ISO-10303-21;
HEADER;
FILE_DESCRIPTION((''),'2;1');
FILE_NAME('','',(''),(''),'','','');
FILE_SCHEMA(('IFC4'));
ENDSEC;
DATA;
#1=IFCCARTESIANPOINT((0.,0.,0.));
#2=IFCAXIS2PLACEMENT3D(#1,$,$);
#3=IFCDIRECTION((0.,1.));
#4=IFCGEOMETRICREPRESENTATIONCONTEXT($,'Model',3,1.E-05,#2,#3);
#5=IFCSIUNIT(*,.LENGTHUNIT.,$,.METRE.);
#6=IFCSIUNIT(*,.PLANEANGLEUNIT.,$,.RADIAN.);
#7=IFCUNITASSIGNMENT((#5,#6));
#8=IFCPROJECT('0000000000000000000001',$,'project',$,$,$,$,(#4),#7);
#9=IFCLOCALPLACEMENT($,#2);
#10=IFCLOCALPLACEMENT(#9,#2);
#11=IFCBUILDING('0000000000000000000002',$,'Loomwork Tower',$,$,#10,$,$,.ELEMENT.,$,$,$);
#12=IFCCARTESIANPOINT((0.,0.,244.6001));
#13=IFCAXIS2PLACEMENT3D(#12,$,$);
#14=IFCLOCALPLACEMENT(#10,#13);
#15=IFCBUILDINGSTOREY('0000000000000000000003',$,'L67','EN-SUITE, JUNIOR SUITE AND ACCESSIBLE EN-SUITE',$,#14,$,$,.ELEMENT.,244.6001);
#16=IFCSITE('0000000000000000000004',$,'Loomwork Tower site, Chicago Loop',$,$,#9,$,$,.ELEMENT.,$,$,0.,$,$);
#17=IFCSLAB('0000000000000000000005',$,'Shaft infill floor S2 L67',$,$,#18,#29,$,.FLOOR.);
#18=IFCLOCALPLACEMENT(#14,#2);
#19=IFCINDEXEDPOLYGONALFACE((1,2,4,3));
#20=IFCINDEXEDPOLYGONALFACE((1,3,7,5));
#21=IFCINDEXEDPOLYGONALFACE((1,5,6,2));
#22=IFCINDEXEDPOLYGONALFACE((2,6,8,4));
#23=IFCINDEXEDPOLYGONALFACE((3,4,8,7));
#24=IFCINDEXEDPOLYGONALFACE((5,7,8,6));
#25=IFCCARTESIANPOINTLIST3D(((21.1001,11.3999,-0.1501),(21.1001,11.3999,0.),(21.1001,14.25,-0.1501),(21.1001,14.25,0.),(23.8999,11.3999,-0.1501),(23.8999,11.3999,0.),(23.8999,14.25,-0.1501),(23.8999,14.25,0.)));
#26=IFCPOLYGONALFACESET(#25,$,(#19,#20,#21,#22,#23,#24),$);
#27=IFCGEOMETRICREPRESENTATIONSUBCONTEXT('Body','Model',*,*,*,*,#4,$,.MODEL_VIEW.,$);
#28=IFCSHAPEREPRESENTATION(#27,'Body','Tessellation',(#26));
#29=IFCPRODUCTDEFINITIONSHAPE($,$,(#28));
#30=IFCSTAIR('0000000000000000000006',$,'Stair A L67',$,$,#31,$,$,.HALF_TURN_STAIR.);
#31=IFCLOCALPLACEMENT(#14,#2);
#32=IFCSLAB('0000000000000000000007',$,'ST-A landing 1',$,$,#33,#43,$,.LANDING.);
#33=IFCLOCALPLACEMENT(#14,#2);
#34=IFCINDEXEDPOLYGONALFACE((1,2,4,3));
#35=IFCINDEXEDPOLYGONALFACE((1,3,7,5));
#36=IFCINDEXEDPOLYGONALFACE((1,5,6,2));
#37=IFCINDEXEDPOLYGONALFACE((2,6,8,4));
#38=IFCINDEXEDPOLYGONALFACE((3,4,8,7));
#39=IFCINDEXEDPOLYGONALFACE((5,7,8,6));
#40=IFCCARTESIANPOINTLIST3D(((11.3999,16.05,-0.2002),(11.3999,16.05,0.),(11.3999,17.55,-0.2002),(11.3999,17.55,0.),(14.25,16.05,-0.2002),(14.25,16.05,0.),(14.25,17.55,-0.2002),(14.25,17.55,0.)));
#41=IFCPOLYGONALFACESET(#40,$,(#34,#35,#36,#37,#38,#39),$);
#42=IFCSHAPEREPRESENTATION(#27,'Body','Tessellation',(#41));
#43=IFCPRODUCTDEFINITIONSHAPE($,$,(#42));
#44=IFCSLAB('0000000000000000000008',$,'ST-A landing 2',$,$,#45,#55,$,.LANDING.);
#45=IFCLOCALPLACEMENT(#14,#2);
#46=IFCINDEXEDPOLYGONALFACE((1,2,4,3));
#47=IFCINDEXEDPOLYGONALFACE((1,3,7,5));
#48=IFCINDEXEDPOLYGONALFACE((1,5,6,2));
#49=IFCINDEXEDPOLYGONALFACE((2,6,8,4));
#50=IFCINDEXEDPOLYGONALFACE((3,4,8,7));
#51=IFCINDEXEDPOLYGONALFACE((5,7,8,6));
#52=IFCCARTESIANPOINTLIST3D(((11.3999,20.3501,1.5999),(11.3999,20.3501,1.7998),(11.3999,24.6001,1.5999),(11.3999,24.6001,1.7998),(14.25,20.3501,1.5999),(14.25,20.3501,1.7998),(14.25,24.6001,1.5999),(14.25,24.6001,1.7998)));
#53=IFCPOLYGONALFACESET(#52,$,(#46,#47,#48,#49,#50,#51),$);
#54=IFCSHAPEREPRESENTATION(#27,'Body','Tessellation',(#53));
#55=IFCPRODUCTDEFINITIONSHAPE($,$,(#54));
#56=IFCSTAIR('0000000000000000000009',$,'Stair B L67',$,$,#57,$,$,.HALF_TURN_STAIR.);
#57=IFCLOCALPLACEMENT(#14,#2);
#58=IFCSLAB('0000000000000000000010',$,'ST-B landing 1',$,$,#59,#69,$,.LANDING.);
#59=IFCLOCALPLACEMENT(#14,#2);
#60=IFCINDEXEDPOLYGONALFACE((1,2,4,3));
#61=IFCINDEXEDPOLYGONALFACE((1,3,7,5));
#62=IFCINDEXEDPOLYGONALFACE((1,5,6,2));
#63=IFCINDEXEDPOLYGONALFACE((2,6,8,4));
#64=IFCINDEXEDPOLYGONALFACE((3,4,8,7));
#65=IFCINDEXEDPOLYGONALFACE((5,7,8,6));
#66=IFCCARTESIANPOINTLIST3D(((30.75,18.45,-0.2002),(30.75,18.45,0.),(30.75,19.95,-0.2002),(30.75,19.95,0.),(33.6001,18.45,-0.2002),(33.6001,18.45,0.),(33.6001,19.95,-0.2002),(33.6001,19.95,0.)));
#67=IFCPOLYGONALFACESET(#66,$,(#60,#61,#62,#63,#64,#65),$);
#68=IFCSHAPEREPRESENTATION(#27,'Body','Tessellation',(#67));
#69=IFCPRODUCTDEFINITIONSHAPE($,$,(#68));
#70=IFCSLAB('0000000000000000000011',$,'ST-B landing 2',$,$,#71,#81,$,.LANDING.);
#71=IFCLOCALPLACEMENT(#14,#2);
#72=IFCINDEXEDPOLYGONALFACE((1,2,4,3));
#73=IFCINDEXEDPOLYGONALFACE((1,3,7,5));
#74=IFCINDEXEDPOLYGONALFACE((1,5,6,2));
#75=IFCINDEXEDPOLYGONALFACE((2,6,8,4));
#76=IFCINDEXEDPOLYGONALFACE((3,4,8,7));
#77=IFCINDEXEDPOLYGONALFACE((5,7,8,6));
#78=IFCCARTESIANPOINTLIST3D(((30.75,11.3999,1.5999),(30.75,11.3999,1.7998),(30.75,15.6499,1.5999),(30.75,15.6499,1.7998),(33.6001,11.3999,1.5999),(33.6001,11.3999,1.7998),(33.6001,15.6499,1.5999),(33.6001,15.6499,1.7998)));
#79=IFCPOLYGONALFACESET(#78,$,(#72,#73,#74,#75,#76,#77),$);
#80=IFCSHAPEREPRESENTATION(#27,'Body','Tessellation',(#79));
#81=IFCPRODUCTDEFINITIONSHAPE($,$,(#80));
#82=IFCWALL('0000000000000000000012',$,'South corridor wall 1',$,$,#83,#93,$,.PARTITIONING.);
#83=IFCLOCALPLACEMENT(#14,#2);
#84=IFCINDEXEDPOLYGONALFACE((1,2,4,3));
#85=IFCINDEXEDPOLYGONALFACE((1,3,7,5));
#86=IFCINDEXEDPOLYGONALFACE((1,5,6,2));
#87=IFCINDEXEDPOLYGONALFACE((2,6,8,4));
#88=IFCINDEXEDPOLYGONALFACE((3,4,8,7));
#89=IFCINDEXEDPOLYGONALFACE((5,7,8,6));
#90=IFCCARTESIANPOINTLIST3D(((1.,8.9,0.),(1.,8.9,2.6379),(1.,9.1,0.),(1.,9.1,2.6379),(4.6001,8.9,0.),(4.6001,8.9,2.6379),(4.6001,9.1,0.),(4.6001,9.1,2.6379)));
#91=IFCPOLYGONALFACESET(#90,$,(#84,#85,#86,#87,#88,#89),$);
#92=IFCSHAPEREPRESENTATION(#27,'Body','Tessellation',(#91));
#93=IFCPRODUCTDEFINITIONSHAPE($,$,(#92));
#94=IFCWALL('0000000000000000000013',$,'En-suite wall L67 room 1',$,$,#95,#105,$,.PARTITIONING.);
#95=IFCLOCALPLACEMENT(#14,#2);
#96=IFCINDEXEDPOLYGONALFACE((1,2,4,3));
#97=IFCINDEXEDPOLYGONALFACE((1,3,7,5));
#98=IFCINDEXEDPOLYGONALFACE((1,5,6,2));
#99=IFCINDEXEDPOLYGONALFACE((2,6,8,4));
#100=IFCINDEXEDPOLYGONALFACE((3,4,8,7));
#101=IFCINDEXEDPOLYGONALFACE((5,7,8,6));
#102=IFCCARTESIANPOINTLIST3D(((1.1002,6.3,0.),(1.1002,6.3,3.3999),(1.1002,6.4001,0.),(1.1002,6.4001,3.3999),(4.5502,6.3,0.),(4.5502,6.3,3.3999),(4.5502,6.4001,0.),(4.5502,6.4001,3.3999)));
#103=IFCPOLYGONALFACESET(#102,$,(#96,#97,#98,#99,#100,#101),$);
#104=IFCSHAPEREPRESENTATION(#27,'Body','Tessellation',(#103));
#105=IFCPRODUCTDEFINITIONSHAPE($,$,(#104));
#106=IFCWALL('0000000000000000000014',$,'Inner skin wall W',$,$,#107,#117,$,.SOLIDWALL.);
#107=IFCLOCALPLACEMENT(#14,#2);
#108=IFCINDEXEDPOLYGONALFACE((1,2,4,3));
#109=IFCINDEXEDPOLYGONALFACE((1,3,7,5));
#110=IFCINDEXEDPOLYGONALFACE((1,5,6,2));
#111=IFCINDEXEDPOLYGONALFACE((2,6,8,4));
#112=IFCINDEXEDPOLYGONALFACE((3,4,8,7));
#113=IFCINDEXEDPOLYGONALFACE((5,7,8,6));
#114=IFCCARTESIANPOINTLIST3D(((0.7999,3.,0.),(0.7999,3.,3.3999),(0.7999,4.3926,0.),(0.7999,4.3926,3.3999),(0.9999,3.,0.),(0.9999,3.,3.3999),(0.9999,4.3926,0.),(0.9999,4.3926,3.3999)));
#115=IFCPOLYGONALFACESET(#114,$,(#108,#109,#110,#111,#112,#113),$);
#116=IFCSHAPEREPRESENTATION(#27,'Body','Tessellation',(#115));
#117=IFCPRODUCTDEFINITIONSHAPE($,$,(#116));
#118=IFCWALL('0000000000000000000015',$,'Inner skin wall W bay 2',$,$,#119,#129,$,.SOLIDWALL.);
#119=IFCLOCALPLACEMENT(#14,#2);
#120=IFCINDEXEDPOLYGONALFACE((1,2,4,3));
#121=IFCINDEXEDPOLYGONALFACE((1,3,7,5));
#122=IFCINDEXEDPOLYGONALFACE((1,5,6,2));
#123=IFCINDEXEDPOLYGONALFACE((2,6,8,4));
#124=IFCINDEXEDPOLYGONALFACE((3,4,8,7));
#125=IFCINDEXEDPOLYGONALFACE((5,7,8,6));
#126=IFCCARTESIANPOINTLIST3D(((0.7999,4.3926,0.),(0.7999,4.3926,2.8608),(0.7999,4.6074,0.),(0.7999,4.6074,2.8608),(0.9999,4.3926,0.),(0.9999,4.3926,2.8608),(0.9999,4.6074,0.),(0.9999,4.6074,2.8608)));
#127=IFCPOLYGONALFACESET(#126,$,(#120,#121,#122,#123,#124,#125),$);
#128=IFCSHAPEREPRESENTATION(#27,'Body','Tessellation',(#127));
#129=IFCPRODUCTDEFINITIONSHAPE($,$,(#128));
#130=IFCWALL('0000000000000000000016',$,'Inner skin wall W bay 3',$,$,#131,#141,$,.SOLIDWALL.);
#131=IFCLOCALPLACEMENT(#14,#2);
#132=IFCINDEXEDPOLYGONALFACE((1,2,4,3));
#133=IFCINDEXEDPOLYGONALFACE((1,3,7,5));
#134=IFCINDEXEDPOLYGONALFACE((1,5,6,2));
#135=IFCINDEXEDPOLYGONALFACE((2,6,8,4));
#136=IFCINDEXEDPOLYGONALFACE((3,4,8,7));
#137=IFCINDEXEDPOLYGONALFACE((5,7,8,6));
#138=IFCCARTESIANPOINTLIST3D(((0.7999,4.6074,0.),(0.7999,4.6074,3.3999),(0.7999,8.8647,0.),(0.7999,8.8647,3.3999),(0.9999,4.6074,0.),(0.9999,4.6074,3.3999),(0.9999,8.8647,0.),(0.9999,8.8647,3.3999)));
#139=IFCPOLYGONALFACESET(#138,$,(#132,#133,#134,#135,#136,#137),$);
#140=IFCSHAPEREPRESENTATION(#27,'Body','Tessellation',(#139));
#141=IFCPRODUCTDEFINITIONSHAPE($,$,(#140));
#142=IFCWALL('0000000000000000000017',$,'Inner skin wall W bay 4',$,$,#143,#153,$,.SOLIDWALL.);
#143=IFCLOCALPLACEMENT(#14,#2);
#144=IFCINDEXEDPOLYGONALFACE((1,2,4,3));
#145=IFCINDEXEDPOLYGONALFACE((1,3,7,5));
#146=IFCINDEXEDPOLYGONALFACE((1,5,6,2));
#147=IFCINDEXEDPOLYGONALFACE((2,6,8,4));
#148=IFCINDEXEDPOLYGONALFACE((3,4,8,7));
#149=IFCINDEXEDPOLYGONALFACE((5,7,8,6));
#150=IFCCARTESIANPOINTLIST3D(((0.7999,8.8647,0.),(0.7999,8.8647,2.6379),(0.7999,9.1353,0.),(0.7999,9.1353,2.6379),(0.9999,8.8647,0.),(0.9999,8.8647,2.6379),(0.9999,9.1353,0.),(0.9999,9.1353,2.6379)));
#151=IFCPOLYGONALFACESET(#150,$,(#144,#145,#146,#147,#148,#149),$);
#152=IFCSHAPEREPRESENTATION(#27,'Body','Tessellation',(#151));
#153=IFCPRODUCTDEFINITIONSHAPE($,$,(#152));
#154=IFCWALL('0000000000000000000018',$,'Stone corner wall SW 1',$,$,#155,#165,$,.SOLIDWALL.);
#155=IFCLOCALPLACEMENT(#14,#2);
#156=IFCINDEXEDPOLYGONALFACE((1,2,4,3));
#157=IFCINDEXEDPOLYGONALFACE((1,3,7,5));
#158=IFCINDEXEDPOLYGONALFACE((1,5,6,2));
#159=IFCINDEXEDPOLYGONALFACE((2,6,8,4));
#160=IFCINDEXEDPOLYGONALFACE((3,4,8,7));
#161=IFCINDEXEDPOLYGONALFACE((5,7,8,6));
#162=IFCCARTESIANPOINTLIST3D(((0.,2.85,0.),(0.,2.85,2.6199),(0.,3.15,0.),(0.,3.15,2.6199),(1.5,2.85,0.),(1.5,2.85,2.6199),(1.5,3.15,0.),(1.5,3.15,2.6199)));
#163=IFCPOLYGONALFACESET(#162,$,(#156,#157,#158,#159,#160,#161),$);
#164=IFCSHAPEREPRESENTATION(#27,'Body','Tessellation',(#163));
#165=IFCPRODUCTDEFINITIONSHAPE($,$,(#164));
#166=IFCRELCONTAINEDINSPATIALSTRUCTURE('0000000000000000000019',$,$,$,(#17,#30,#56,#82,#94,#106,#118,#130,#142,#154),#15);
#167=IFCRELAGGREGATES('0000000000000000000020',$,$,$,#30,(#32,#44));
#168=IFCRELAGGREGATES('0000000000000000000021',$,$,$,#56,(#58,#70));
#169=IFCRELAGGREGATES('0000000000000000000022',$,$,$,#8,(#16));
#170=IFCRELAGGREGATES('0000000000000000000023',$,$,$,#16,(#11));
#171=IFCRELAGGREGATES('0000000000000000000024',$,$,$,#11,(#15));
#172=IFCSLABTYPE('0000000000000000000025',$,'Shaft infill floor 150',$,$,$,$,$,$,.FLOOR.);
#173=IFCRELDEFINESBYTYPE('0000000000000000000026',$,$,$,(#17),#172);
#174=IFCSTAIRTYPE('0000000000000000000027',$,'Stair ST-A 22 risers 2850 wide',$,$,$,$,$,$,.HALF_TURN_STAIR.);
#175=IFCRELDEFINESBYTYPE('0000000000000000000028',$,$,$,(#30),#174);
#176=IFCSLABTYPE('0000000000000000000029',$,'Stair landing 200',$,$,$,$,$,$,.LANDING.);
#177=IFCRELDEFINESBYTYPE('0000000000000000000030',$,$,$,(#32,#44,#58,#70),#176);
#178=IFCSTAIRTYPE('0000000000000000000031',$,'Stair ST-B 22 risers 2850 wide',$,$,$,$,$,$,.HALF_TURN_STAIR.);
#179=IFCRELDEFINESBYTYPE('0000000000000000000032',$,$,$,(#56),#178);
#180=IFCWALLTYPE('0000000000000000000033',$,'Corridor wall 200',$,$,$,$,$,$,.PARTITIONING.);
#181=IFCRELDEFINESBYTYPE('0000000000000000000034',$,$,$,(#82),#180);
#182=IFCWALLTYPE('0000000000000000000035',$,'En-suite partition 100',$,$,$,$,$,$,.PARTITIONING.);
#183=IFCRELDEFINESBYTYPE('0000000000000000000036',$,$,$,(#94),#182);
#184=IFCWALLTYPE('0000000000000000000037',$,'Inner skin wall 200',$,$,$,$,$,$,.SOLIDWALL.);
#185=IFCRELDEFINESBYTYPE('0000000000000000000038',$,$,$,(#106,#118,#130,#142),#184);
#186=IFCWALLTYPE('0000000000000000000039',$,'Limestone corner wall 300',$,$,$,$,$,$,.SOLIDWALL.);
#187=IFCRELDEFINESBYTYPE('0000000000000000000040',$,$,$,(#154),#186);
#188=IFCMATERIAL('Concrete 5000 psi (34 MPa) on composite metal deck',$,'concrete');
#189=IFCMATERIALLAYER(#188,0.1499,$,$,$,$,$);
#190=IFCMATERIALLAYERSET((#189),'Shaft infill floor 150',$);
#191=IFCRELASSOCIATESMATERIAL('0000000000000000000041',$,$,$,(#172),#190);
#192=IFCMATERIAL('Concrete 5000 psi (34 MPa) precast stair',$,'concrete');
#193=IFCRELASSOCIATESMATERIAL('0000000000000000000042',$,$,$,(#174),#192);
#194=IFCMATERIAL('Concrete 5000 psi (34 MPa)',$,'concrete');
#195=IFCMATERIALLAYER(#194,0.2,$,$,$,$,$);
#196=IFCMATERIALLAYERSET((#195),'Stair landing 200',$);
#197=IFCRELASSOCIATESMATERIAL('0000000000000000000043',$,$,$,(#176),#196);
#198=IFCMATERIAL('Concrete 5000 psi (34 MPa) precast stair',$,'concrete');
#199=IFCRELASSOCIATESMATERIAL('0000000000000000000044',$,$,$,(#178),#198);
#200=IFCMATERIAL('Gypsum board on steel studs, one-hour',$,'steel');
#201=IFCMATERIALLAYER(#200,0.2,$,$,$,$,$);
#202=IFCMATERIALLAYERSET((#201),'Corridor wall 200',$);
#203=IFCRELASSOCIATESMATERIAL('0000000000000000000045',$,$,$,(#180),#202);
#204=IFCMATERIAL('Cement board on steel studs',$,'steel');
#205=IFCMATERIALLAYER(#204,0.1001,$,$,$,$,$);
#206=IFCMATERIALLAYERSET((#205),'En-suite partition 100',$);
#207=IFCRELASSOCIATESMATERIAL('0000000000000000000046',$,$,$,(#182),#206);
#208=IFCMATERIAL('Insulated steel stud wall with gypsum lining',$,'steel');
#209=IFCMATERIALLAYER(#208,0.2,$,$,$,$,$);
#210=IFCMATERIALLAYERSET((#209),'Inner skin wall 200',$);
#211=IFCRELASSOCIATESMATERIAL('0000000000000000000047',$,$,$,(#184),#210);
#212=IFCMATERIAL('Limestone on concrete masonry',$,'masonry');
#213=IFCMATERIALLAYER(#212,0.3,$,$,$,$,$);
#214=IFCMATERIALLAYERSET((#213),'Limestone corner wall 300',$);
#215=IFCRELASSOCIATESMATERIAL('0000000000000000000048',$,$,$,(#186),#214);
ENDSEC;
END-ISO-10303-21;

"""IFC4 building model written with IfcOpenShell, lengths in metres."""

from ifc_helpers import new_model, si_unit, direction, frame, frame_2d, origin, place, context, subcontext, project, spatial, polyline, rectangle, outline, extrude, material, layer, layer_set, type_object, element, aggregate, save


model = new_model("IFC4")

# Units and contexts
model_context = context("Model", 3, precision=1e-05, world=origin(), true_north=direction((0.0, 1.0)))
body_context = subcontext(model_context, "Body", "Model", "MODEL_VIEW")
ifc_project = project(units=[si_unit("LENGTHUNIT", "METRE"), si_unit("PLANEANGLEUNIT", "RADIAN")], contexts=[model_context])

# Site, building, storey
site_placement = place(None, origin())
site = spatial("IfcSite", under=ifc_project, at=site_placement, Name="Loomwork Tower site, Chicago Loop", CompositionType="ELEMENT", RefElevation=0.0)
building_placement = place(site_placement, origin())
building = spatial("IfcBuilding", under=site, at=building_placement, Name="Loomwork Tower", CompositionType="ELEMENT")
storey_placement = place(building_placement, frame((0.0, 0.0, 244.6001)))
storey = spatial("IfcBuildingStorey", under=building, at=storey_placement, Name="L67", Description="EN-SUITE, JUNIOR SUITE AND ACCESSIBLE EN-SUITE", CompositionType="ELEMENT", Elevation=244.6001)

# Slab
ifc_material_1 = material(Name="Concrete 5000 psi (34 MPa) on composite metal deck", Category="concrete")
ifc_layer_1 = layer(ifc_material_1, 0.1499)
ifc_layer_set_1 = layer_set([ifc_layer_1], Name="Shaft infill floor 150")
slab_type_1 = type_object("IfcSlabType", Name="Shaft infill floor 150", PredefinedType="FLOOR", material=ifc_layer_set_1)
slab_1_placement = place(storey_placement, frame((0.0, 0.0, -0.1501)))
element("IfcSlab", 1, at=slab_1_placement, inside=storey, type_object=slab_type_1, Name="Shaft infill floor S2 L67", PredefinedType="FLOOR", context=body_context, shape_type="SweptSolid", body=[
    extrude(outline(polyline([(21.1001, 11.3999), (23.8999, 11.3999), (23.8999, 14.25), (21.1001, 14.25), (21.1001, 11.3999)])), origin(), (0.0, 0.0, 1.0), 0.1501),
])

# Stairs, slabs
ifc_material_2 = material(Name="Concrete 5000 psi (34 MPa) precast stair", Category="concrete")
stair_type_1 = type_object("IfcStairType", Name="Stair ST-A 22 risers 2850 wide", PredefinedType="HALF_TURN_STAIR", material=ifc_material_2)
stair_1_placement = place(storey_placement, origin())
stair_1 = element("IfcStair", 2, at=stair_1_placement, inside=storey, type_object=stair_type_1, Name="Stair A L67", PredefinedType="HALF_TURN_STAIR")
ifc_material_3 = material(Name="Concrete 5000 psi (34 MPa)", Category="concrete")
ifc_layer_2 = layer(ifc_material_3, 0.2)
ifc_layer_set_2 = layer_set([ifc_layer_2], Name="Stair landing 200")
slab_type_2 = type_object("IfcSlabType", Name="Stair landing 200", PredefinedType="LANDING", material=ifc_layer_set_2)
slab_2_placement = place(storey_placement, frame((0.0, 0.0, -0.2002)))
slab_2 = element("IfcSlab", 3, at=slab_2_placement, type_object=slab_type_2, Name="ST-A landing 1", PredefinedType="LANDING", context=body_context, shape_type="SweptSolid", body=[
    extrude(outline(polyline([(11.3999, 16.05), (14.25, 16.05), (14.25, 17.55), (11.3999, 17.55), (11.3999, 16.05)])), origin(), (0.0, 0.0, 1.0), 0.2002),
])
slab_3_placement = place(storey_placement, frame((0.0, 0.0, 1.5999)))
slab_3 = element("IfcSlab", 4, at=slab_3_placement, type_object=slab_type_2, Name="ST-A landing 2", PredefinedType="LANDING", context=body_context, shape_type="SweptSolid", body=[
    extrude(outline(polyline([(11.3999, 20.3501), (14.25, 20.3501), (14.25, 24.6001), (11.3999, 24.6001), (11.3999, 20.3501)])), origin(), (0.0, 0.0, 1.0), 0.2),
])
aggregate(stair_1, [slab_2, slab_3])
ifc_material_4 = material(Name="Concrete 5000 psi (34 MPa) precast stair", Category="concrete")
stair_type_2 = type_object("IfcStairType", Name="Stair ST-B 22 risers 2850 wide", PredefinedType="HALF_TURN_STAIR", material=ifc_material_4)
stair_2_placement = place(storey_placement, origin())
stair_2 = element("IfcStair", 5, at=stair_2_placement, inside=storey, type_object=stair_type_2, Name="Stair B L67", PredefinedType="HALF_TURN_STAIR")
slab_4_placement = place(storey_placement, frame((0.0, 0.0, -0.2002)))
slab_4 = element("IfcSlab", 6, at=slab_4_placement, type_object=slab_type_2, Name="ST-B landing 1", PredefinedType="LANDING", context=body_context, shape_type="SweptSolid", body=[
    extrude(outline(polyline([(30.75, 18.45), (33.6001, 18.45), (33.6001, 19.95), (30.75, 19.95), (30.75, 18.45)])), origin(), (0.0, 0.0, 1.0), 0.2002),
])
slab_5_placement = place(storey_placement, frame((0.0, 0.0, 1.5999)))
slab_5 = element("IfcSlab", 7, at=slab_5_placement, type_object=slab_type_2, Name="ST-B landing 2", PredefinedType="LANDING", context=body_context, shape_type="SweptSolid", body=[
    extrude(outline(polyline([(30.75, 11.3999), (33.6001, 11.3999), (33.6001, 15.6499), (30.75, 15.6499), (30.75, 11.3999)])), origin(), (0.0, 0.0, 1.0), 0.2),
])
aggregate(stair_2, [slab_4, slab_5])

# Walls
ifc_material_5 = material(Name="Gypsum board on steel studs, one-hour", Category="steel")
ifc_layer_3 = layer(ifc_material_5, 0.2)
ifc_layer_set_3 = layer_set([ifc_layer_3], Name="Corridor wall 200")
wall_type_1 = type_object("IfcWallType", Name="Corridor wall 200", PredefinedType="PARTITIONING", material=ifc_layer_set_3)
wall_1_placement = place(storey_placement, frame((1.0, 9.0, 0.0), z_axis=(0.0, 0.0, 1.0), x_axis=(1.0, 0.0, 0.0)))
element("IfcWall", 8, at=wall_1_placement, inside=storey, type_object=wall_type_1, Name="South corridor wall 1", PredefinedType="PARTITIONING", context=body_context, shape_type="SweptSolid", body=[
    extrude(rectangle(XDim=3.6001, YDim=0.2, at=frame_2d((1.8, 0.0))), origin(), (0.0, 0.0, 1.0), 2.6379),
])
ifc_material_6 = material(Name="Cement board on steel studs", Category="steel")
ifc_layer_4 = layer(ifc_material_6, 0.1001)
ifc_layer_set_4 = layer_set([ifc_layer_4], Name="En-suite partition 100")
wall_type_2 = type_object("IfcWallType", Name="En-suite partition 100", PredefinedType="PARTITIONING", material=ifc_layer_set_4)
wall_2_placement = place(storey_placement, frame((1.1001, 6.3501, 0.0), z_axis=(0.0, 0.0, 1.0), x_axis=(1.0, 0.0, 0.0)))
element("IfcWall", 9, at=wall_2_placement, inside=storey, type_object=wall_type_2, Name="En-suite wall L67 room 1", PredefinedType="PARTITIONING", context=body_context, shape_type="SweptSolid", body=[
    extrude(rectangle(XDim=3.45, YDim=0.1001, at=frame_2d((1.7251, 0.0))), origin(), (0.0, 0.0, 1.0), 3.3999),
])
ifc_material_7 = material(Name="Insulated steel stud wall with gypsum lining", Category="steel")
ifc_layer_5 = layer(ifc_material_7, 0.2)
ifc_layer_set_5 = layer_set([ifc_layer_5], Name="Inner skin wall 200")
wall_type_3 = type_object("IfcWallType", Name="Inner skin wall 200", PredefinedType="SOLIDWALL", material=ifc_layer_set_5)
wall_3_placement = place(storey_placement, frame((0.8999, 3.0, 0.0), z_axis=(0.0, 0.0, 1.0), x_axis=(0.0, 1.0, 0.0)))
element("IfcWall", 10, at=wall_3_placement, inside=storey, type_object=wall_type_3, Name="Inner skin wall W", PredefinedType="SOLIDWALL", context=body_context, shape_type="SweptSolid", body=[
    extrude(rectangle(XDim=1.3926, YDim=0.2, at=frame_2d((0.6963, 0.0))), origin(), (0.0, 0.0, 1.0), 3.3999),
])
wall_4_placement = place(storey_placement, frame((0.8999, 4.3926, 0.0), z_axis=(0.0, 0.0, 1.0), x_axis=(0.0, 1.0, 0.0)))
element("IfcWall", 11, at=wall_4_placement, inside=storey, type_object=wall_type_3, Name="Inner skin wall W bay 2", PredefinedType="SOLIDWALL", context=body_context, shape_type="SweptSolid", body=[
    extrude(rectangle(XDim=0.2148, YDim=0.2, at=frame_2d((0.1074, 0.0))), origin(), (0.0, 0.0, 1.0), 2.8608),
])
wall_5_placement = place(storey_placement, frame((0.8999, 4.6074, 0.0), z_axis=(0.0, 0.0, 1.0), x_axis=(0.0, 1.0, 0.0)))
element("IfcWall", 12, at=wall_5_placement, inside=storey, type_object=wall_type_3, Name="Inner skin wall W bay 3", PredefinedType="SOLIDWALL", context=body_context, shape_type="SweptSolid", body=[
    extrude(rectangle(XDim=4.2573, YDim=0.2, at=frame_2d((2.1287, 0.0))), origin(), (0.0, 0.0, 1.0), 3.3999),
])
wall_6_placement = place(storey_placement, frame((0.8999, 8.8647, 0.0), z_axis=(0.0, 0.0, 1.0), x_axis=(0.0, 1.0, 0.0)))
element("IfcWall", 13, at=wall_6_placement, inside=storey, type_object=wall_type_3, Name="Inner skin wall W bay 4", PredefinedType="SOLIDWALL", context=body_context, shape_type="SweptSolid", body=[
    extrude(rectangle(XDim=0.2705, YDim=0.2, at=frame_2d((0.1353, 0.0))), origin(), (0.0, 0.0, 1.0), 2.6379),
])
ifc_material_8 = material(Name="Limestone on concrete masonry", Category="masonry")
ifc_layer_6 = layer(ifc_material_8, 0.3)
ifc_layer_set_6 = layer_set([ifc_layer_6], Name="Limestone corner wall 300")
wall_type_4 = type_object("IfcWallType", Name="Limestone corner wall 300", PredefinedType="SOLIDWALL", material=ifc_layer_set_6)
wall_7_placement = place(storey_placement, frame((0.0, 3.0, 0.0), z_axis=(0.0, 0.0, 1.0), x_axis=(1.0, 0.0, 0.0)))
element("IfcWall", 14, at=wall_7_placement, inside=storey, type_object=wall_type_4, Name="Stone corner wall SW 1", PredefinedType="SOLIDWALL", context=body_context, shape_type="SweptSolid", body=[
    extrude(rectangle(XDim=1.5, YDim=0.3, at=frame_2d((0.75, 0.0))), origin(), (0.0, 0.0, 1.0), 2.6199),
])

save(model, "model.ifc")
